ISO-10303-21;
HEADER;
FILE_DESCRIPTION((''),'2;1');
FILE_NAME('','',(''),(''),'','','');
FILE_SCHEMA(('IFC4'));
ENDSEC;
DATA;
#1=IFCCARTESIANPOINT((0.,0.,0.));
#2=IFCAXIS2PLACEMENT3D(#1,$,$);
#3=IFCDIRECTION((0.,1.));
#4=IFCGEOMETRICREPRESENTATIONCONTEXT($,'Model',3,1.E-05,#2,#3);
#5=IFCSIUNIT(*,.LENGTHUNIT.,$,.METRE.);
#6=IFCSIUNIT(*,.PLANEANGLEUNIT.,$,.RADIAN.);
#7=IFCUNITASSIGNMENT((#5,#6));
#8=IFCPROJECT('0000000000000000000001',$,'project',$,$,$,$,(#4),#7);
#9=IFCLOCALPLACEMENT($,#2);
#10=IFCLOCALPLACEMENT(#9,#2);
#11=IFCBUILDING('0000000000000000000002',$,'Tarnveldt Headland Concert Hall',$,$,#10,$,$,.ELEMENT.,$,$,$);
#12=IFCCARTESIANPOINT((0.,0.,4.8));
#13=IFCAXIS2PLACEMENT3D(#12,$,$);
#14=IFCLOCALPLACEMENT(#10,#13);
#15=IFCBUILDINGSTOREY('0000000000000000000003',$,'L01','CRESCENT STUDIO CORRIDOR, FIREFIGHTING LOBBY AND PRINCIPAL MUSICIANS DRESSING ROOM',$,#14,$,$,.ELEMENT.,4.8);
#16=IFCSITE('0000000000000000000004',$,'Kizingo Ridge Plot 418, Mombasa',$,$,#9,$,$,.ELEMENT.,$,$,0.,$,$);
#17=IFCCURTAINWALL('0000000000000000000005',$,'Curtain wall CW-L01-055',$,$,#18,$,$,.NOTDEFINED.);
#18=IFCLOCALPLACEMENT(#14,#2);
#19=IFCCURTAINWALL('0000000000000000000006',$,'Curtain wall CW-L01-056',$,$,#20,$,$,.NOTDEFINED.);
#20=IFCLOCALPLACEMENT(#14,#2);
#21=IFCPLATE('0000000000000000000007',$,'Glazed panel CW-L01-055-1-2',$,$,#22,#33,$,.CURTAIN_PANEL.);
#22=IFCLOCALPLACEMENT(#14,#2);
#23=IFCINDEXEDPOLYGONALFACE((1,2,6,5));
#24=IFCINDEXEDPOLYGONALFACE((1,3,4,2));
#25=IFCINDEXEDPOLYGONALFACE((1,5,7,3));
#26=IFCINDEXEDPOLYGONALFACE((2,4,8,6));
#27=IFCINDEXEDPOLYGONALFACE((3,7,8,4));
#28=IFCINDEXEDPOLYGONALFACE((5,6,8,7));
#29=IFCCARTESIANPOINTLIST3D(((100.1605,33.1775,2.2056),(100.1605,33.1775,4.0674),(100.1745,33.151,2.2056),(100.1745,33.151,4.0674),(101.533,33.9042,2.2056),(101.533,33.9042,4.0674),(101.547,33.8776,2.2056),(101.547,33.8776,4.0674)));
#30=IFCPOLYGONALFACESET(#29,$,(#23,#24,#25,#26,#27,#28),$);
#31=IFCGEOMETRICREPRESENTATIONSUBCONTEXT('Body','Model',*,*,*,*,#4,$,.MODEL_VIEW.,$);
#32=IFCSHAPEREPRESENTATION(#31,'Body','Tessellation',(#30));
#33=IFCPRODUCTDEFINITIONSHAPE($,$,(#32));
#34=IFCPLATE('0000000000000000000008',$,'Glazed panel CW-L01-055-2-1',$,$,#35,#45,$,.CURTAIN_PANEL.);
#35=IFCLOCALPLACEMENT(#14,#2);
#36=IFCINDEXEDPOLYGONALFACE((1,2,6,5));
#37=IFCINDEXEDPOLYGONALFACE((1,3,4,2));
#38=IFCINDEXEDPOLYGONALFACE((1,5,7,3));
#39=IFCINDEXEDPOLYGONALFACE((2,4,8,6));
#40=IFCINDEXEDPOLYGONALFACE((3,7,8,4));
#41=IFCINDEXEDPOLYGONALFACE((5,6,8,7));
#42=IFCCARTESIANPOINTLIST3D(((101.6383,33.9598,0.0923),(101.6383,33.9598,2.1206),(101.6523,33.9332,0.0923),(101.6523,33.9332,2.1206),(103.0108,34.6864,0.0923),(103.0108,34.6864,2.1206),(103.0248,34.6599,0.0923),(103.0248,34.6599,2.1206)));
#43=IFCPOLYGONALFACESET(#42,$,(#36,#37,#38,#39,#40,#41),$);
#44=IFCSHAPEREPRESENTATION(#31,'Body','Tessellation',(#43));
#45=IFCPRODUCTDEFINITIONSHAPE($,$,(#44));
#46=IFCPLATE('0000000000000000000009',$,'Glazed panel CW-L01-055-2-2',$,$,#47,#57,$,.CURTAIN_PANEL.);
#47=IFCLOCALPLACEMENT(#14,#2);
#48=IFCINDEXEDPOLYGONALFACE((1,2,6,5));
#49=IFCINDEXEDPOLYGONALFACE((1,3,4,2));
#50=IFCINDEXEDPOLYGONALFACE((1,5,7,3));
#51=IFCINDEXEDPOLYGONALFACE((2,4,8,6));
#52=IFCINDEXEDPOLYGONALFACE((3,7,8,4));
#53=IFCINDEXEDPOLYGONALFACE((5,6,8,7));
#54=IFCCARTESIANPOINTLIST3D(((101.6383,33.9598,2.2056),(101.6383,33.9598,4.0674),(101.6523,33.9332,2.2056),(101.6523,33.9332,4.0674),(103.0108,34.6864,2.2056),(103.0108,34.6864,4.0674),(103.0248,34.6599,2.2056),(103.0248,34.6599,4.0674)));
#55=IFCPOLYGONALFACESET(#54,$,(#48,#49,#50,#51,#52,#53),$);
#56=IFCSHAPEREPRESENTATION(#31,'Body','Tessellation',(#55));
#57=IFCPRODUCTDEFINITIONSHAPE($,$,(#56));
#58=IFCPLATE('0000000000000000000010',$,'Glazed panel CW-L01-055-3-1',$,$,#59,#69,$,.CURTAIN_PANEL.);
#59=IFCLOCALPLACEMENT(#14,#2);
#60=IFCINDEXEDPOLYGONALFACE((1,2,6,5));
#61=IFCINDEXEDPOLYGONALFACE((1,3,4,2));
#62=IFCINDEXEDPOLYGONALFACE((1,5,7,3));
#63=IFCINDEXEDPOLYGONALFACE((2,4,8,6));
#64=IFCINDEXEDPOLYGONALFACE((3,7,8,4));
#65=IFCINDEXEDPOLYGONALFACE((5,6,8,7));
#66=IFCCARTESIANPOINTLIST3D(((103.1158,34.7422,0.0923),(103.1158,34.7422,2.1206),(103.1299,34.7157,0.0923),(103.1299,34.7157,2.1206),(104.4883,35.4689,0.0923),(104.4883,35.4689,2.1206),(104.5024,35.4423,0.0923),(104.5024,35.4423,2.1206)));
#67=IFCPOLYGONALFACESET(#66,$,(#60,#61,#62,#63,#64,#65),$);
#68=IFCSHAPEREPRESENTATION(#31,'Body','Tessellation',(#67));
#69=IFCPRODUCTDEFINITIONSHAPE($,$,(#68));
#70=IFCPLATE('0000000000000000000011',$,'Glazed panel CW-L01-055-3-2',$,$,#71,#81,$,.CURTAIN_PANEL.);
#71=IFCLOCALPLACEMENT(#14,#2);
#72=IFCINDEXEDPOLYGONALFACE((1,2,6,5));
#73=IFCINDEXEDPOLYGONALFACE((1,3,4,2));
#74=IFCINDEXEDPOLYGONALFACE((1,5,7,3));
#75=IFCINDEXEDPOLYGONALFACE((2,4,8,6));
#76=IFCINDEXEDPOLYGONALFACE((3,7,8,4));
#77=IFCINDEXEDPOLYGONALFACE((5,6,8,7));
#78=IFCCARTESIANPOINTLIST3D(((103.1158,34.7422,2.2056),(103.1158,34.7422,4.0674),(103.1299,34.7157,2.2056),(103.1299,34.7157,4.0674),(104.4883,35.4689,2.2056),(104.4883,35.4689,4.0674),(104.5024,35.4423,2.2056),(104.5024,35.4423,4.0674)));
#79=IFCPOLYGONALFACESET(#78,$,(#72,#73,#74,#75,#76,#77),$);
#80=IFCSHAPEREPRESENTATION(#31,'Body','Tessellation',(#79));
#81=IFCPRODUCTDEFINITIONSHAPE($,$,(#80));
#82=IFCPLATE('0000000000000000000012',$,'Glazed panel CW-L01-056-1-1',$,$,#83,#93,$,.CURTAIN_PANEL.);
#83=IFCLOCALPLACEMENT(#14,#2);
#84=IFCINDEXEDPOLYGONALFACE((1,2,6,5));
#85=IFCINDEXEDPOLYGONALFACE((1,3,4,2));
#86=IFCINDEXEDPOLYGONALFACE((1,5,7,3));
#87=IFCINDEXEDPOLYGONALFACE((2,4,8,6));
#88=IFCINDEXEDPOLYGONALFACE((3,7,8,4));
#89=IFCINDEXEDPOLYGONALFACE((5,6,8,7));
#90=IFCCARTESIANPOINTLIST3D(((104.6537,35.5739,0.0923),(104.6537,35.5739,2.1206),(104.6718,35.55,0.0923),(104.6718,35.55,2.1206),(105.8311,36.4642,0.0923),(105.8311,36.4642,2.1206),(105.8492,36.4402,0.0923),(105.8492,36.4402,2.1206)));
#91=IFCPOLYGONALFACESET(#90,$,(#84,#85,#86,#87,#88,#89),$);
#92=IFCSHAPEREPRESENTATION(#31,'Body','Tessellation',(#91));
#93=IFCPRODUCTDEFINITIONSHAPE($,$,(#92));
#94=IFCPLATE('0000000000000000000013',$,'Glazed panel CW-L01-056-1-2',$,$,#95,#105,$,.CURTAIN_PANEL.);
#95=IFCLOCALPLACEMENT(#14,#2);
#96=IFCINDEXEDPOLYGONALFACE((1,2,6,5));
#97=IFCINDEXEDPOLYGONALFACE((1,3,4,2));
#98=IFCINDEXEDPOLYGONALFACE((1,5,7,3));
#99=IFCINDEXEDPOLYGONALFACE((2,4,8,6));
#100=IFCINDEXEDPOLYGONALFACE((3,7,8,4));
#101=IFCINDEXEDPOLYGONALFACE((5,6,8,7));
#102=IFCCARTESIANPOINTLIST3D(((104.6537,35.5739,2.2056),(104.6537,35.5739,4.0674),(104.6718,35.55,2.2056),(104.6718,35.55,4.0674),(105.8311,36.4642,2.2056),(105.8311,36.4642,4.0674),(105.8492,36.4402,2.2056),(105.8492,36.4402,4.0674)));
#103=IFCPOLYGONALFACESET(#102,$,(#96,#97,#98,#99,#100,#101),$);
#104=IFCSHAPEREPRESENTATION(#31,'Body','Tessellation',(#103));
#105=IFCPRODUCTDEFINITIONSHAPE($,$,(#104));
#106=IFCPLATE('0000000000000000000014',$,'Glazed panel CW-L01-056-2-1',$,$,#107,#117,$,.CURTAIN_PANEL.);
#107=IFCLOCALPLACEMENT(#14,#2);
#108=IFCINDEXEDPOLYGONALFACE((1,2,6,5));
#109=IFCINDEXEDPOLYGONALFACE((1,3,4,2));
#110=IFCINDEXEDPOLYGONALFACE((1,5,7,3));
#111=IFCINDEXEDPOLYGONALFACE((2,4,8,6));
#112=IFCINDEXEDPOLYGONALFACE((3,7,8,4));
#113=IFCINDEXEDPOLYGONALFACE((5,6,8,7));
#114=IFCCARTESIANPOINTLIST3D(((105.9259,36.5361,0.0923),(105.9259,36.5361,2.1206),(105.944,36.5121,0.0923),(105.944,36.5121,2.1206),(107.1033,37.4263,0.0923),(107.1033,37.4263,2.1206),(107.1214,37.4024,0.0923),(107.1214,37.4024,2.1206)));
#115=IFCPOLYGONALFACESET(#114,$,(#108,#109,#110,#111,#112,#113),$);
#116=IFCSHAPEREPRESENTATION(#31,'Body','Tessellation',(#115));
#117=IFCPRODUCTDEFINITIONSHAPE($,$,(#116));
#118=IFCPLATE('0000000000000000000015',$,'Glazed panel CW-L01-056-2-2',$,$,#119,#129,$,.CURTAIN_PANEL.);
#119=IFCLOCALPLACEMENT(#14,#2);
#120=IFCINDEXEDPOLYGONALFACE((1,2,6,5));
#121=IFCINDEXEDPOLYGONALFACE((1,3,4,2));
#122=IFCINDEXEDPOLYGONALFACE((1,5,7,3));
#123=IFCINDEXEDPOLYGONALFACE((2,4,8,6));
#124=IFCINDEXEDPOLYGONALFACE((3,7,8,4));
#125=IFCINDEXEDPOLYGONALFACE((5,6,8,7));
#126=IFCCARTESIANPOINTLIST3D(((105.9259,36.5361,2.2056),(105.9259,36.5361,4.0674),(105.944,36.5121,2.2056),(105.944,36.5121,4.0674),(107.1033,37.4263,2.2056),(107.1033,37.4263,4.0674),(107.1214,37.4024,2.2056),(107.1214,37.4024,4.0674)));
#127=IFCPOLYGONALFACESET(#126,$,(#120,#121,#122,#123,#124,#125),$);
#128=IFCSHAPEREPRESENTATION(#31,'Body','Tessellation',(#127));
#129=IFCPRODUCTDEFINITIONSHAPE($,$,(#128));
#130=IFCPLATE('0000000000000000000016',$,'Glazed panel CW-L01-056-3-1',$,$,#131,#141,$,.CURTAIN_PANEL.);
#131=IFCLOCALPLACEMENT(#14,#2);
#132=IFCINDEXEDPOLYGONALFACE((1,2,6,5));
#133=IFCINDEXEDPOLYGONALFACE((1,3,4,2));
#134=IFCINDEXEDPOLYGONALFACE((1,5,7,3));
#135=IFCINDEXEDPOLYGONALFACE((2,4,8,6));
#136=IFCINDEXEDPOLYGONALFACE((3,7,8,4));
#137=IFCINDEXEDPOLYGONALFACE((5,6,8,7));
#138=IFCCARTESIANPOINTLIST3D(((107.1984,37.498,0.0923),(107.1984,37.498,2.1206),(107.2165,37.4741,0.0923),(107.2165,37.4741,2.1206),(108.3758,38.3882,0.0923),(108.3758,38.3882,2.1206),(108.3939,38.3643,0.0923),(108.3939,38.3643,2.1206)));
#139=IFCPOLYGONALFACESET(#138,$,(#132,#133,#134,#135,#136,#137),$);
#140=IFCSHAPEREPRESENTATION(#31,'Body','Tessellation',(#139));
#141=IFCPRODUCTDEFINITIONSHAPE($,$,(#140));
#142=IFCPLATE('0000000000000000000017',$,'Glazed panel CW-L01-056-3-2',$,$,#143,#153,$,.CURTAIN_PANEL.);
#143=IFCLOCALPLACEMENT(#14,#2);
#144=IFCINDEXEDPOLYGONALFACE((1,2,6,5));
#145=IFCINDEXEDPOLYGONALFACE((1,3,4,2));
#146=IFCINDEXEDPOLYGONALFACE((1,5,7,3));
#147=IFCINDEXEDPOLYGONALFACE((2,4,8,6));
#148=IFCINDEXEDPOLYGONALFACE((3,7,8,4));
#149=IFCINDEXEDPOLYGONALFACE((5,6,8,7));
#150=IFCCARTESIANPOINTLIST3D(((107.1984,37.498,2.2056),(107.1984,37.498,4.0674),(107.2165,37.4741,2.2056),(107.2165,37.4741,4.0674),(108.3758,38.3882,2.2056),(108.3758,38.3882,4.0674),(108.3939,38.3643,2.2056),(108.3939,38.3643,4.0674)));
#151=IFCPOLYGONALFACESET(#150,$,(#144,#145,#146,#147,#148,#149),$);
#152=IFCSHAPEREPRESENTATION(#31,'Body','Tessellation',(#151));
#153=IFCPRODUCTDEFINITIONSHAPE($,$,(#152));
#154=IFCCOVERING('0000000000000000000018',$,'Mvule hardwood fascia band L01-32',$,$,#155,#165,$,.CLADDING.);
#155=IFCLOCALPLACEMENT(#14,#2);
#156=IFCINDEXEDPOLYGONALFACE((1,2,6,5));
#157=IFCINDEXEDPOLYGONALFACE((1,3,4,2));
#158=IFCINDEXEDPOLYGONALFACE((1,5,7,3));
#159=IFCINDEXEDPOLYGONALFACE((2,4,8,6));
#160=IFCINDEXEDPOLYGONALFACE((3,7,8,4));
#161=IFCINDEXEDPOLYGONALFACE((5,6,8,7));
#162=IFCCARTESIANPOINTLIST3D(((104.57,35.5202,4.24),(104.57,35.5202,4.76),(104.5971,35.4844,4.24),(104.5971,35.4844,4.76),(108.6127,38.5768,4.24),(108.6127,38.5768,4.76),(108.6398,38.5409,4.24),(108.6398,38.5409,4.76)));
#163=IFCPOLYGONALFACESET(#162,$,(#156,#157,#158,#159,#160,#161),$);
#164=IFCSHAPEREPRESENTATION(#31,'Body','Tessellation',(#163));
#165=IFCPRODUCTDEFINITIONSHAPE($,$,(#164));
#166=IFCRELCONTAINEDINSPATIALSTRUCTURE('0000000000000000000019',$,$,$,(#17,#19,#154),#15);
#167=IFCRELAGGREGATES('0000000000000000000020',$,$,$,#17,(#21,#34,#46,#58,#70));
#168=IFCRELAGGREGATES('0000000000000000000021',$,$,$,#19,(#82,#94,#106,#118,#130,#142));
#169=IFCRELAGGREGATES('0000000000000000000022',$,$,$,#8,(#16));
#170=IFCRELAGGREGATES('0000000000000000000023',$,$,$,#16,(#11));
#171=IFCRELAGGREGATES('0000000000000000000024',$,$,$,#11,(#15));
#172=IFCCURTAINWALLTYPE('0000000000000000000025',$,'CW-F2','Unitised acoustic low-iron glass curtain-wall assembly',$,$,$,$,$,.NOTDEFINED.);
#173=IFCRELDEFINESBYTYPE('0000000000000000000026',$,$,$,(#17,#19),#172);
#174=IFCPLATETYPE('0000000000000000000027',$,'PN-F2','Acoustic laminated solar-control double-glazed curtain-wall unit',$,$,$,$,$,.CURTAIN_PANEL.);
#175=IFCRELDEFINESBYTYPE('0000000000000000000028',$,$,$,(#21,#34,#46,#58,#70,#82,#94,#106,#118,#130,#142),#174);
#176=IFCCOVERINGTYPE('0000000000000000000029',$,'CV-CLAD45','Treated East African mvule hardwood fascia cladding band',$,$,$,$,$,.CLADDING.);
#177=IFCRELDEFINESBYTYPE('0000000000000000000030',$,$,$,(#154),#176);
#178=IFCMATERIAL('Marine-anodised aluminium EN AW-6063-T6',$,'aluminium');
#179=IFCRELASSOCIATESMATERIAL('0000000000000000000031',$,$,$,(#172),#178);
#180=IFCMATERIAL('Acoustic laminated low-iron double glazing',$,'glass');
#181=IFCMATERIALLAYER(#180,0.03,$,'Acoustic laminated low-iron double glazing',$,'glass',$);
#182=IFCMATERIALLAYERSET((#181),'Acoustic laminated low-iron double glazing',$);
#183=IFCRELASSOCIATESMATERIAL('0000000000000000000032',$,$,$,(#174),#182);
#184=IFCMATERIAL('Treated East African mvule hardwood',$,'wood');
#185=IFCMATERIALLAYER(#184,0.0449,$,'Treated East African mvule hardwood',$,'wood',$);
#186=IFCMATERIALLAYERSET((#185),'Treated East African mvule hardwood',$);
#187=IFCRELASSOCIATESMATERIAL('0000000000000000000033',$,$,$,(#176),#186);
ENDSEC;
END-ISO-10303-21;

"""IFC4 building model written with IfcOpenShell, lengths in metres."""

from ifc_helpers import new_model, si_unit, direction, frame, frame_2d, origin, origin_2d, place, context, subcontext, project, spatial, rectangle, extrude, material, layer, layer_set, type_object, element, aggregate, save


model = new_model("IFC4")

# Units and contexts
model_context = context("Model", 3, precision=1e-05, world=origin(), true_north=direction((0.0, 1.0)))
body_context = subcontext(model_context, "Body", "Model", "MODEL_VIEW")
ifc_project = project(units=[si_unit("LENGTHUNIT", "METRE"), si_unit("PLANEANGLEUNIT", "RADIAN")], contexts=[model_context])

# Site, building, storey
site_placement = place(None, origin())
site = spatial("IfcSite", under=ifc_project, at=site_placement, Name="Kizingo Ridge Plot 418, Mombasa", CompositionType="ELEMENT", RefElevation=0.0)
building_placement = place(site_placement, origin())
building = spatial("IfcBuilding", under=site, at=building_placement, Name="Tarnveldt Headland Concert Hall", CompositionType="ELEMENT")
storey_placement = place(building_placement, frame((0.0, 0.0, 4.8)))
storey = spatial("IfcBuildingStorey", under=building, at=storey_placement, Name="L01", Description="CRESCENT STUDIO CORRIDOR, FIREFIGHTING LOBBY AND PRINCIPAL MUSICIANS DRESSING ROOM", CompositionType="ELEMENT", Elevation=4.8)

# Curtain walls
ifc_material_1 = material(Name="Marine-anodised aluminium EN AW-6063-T6", Category="aluminium")
curtain_wall_type = type_object("IfcCurtainWallType", Name="CW-F2", Description="Unitised acoustic low-iron glass curtain-wall assembly", PredefinedType="NOTDEFINED", material=ifc_material_1)
curtain_wall_1_placement = place(storey_placement, origin())
curtain_wall_1 = element("IfcCurtainWall", 1, at=curtain_wall_1_placement, inside=storey, type_object=curtain_wall_type, Name="Curtain wall CW-L01-055", PredefinedType="NOTDEFINED")
curtain_wall_2_placement = place(storey_placement, origin())
curtain_wall_2 = element("IfcCurtainWall", 2, at=curtain_wall_2_placement, inside=storey, type_object=curtain_wall_type, Name="Curtain wall CW-L01-056", PredefinedType="NOTDEFINED")

# Plates
ifc_material_2 = material(Name="Acoustic laminated low-iron double glazing", Category="glass")
ifc_layer_1 = layer(ifc_material_2, 0.03, Name="Acoustic laminated low-iron double glazing", Category="glass")
ifc_layer_set_1 = layer_set([ifc_layer_1], Name="Acoustic laminated low-iron double glazing")
plate_type = type_object("IfcPlateType", Name="PN-F2", Description="Acoustic laminated solar-control double-glazed curtain-wall unit", PredefinedType="CURTAIN_PANEL", material=ifc_layer_set_1)
plate_1_placement = place(storey_placement, frame((100.8538, 33.5276, 2.2056), z_axis=(0.0, 0.0, 1.0), x_axis=(0.883782, 0.467899, 0.0)))
plate_1 = element("IfcPlate", 3, at=plate_1_placement, type_object=plate_type, Name="Glazed panel CW-L01-055-1-2", PredefinedType="CURTAIN_PANEL", context=body_context, shape_type="SweptSolid", body=[
    extrude(rectangle(XDim=1.553, YDim=0.03, at=origin_2d()), origin(), (0.0, 0.0, 1.0), 1.8618),
])
plate_2_placement = place(storey_placement, frame((102.3315, 34.3098, 0.0923), z_axis=(0.0, 0.0, 1.0), x_axis=(0.883782, 0.467899, 0.0)))
plate_2 = element("IfcPlate", 4, at=plate_2_placement, type_object=plate_type, Name="Glazed panel CW-L01-055-2-1", PredefinedType="CURTAIN_PANEL", context=body_context, shape_type="SweptSolid", body=[
    extrude(rectangle(XDim=1.553, YDim=0.03, at=origin_2d()), origin(), (0.0, 0.0, 1.0), 2.0283),
])
plate_3_placement = place(storey_placement, frame((102.3315, 34.3098, 2.2056), z_axis=(0.0, 0.0, 1.0), x_axis=(0.883782, 0.467899, 0.0)))
plate_3 = element("IfcPlate", 5, at=plate_3_placement, type_object=plate_type, Name="Glazed panel CW-L01-055-2-2", PredefinedType="CURTAIN_PANEL", context=body_context, shape_type="SweptSolid", body=[
    extrude(rectangle(XDim=1.553, YDim=0.03, at=origin_2d()), origin(), (0.0, 0.0, 1.0), 1.8618),
])
plate_4_placement = place(storey_placement, frame((103.8091, 35.0923, 0.0923), z_axis=(0.0, 0.0, 1.0), x_axis=(0.883782, 0.467899, 0.0)))
plate_4 = element("IfcPlate", 6, at=plate_4_placement, type_object=plate_type, Name="Glazed panel CW-L01-055-3-1", PredefinedType="CURTAIN_PANEL", context=body_context, shape_type="SweptSolid", body=[
    extrude(rectangle(XDim=1.553, YDim=0.03, at=origin_2d()), origin(), (0.0, 0.0, 1.0), 2.0283),
])
plate_5_placement = place(storey_placement, frame((103.8091, 35.0923, 2.2056), z_axis=(0.0, 0.0, 1.0), x_axis=(0.883782, 0.467899, 0.0)))
plate_5 = element("IfcPlate", 7, at=plate_5_placement, type_object=plate_type, Name="Glazed panel CW-L01-055-3-2", PredefinedType="CURTAIN_PANEL", context=body_context, shape_type="SweptSolid", body=[
    extrude(rectangle(XDim=1.553, YDim=0.03, at=origin_2d()), origin(), (0.0, 0.0, 1.0), 1.8618),
])
aggregate(curtain_wall_1, [plate_1, plate_2, plate_3, plate_4, plate_5])
plate_6_placement = place(storey_placement, frame((105.2515, 36.0071, 0.0923), z_axis=(0.0, 0.0, 1.0), x_axis=(0.797658, 0.603111, 0.0)))
plate_6 = element("IfcPlate", 8, at=plate_6_placement, type_object=plate_type, Name="Glazed panel CW-L01-056-1-1", PredefinedType="CURTAIN_PANEL", context=body_context, shape_type="SweptSolid", body=[
    extrude(rectangle(XDim=1.4761, YDim=0.03, at=origin_2d()), origin(), (0.0, 0.0, 1.0), 2.0283),
])
plate_7_placement = place(storey_placement, frame((105.2515, 36.0071, 2.2056), z_axis=(0.0, 0.0, 1.0), x_axis=(0.797658, 0.603111, 0.0)))
plate_7 = element("IfcPlate", 9, at=plate_7_placement, type_object=plate_type, Name="Glazed panel CW-L01-056-1-2", PredefinedType="CURTAIN_PANEL", context=body_context, shape_type="SweptSolid", body=[
    extrude(rectangle(XDim=1.4761, YDim=0.03, at=origin_2d()), origin(), (0.0, 0.0, 1.0), 1.8618),
])
plate_8_placement = place(storey_placement, frame((106.5237, 36.9692, 0.0923), z_axis=(0.0, 0.0, 1.0), x_axis=(0.797658, 0.603111, 0.0)))
plate_8 = element("IfcPlate", 10, at=plate_8_placement, type_object=plate_type, Name="Glazed panel CW-L01-056-2-1", PredefinedType="CURTAIN_PANEL", context=body_context, shape_type="SweptSolid", body=[
    extrude(rectangle(XDim=1.4761, YDim=0.03, at=origin_2d()), origin(), (0.0, 0.0, 1.0), 2.0283),
])
plate_9_placement = place(storey_placement, frame((106.5237, 36.9692, 2.2056), z_axis=(0.0, 0.0, 1.0), x_axis=(0.797658, 0.603111, 0.0)))
plate_9 = element("IfcPlate", 11, at=plate_9_placement, type_object=plate_type, Name="Glazed panel CW-L01-056-2-2", PredefinedType="CURTAIN_PANEL", context=body_context, shape_type="SweptSolid", body=[
    extrude(rectangle(XDim=1.4761, YDim=0.03, at=origin_2d()), origin(), (0.0, 0.0, 1.0), 1.8618),
])
plate_10_placement = place(storey_placement, frame((107.7961, 37.9312, 0.0923), z_axis=(0.0, 0.0, 1.0), x_axis=(0.797658, 0.603111, 0.0)))
plate_10 = element("IfcPlate", 12, at=plate_10_placement, type_object=plate_type, Name="Glazed panel CW-L01-056-3-1", PredefinedType="CURTAIN_PANEL", context=body_context, shape_type="SweptSolid", body=[
    extrude(rectangle(XDim=1.4761, YDim=0.03, at=origin_2d()), origin(), (0.0, 0.0, 1.0), 2.0283),
])
plate_11_placement = place(storey_placement, frame((107.7961, 37.9312, 2.2056), z_axis=(0.0, 0.0, 1.0), x_axis=(0.797658, 0.603111, 0.0)))
plate_11 = element("IfcPlate", 13, at=plate_11_placement, type_object=plate_type, Name="Glazed panel CW-L01-056-3-2", PredefinedType="CURTAIN_PANEL", context=body_context, shape_type="SweptSolid", body=[
    extrude(rectangle(XDim=1.4761, YDim=0.03, at=origin_2d()), origin(), (0.0, 0.0, 1.0), 1.8618),
])
aggregate(curtain_wall_2, [plate_6, plate_7, plate_8, plate_9, plate_10, plate_11])

# Covering
ifc_material_3 = material(Name="Treated East African mvule hardwood", Category="wood")
ifc_layer_2 = layer(ifc_material_3, 0.0449, Name="Treated East African mvule hardwood", Category="wood")
ifc_layer_set_2 = layer_set([ifc_layer_2], Name="Treated East African mvule hardwood")
covering_type = type_object("IfcCoveringType", Name="CV-CLAD45", Description="Treated East African mvule hardwood fascia cladding band", PredefinedType="CLADDING", material=ifc_layer_set_2)
covering_placement = place(storey_placement, frame((104.5835, 35.5022, 4.24), z_axis=(0.0, 0.0, 1.0), x_axis=(0.797664, 0.603102, 0.0)))
element("IfcCovering", 14, at=covering_placement, inside=storey, type_object=covering_type, Name="Mvule hardwood fascia band L01-32", PredefinedType="CLADDING", context=body_context, shape_type="SweptSolid", body=[
    extrude(rectangle(XDim=5.0681, YDim=0.0449, at=frame_2d((2.5342, 0.0))), origin(), (0.0, 0.0, 1.0), 0.52),
])

save(model, "model.ifc")
